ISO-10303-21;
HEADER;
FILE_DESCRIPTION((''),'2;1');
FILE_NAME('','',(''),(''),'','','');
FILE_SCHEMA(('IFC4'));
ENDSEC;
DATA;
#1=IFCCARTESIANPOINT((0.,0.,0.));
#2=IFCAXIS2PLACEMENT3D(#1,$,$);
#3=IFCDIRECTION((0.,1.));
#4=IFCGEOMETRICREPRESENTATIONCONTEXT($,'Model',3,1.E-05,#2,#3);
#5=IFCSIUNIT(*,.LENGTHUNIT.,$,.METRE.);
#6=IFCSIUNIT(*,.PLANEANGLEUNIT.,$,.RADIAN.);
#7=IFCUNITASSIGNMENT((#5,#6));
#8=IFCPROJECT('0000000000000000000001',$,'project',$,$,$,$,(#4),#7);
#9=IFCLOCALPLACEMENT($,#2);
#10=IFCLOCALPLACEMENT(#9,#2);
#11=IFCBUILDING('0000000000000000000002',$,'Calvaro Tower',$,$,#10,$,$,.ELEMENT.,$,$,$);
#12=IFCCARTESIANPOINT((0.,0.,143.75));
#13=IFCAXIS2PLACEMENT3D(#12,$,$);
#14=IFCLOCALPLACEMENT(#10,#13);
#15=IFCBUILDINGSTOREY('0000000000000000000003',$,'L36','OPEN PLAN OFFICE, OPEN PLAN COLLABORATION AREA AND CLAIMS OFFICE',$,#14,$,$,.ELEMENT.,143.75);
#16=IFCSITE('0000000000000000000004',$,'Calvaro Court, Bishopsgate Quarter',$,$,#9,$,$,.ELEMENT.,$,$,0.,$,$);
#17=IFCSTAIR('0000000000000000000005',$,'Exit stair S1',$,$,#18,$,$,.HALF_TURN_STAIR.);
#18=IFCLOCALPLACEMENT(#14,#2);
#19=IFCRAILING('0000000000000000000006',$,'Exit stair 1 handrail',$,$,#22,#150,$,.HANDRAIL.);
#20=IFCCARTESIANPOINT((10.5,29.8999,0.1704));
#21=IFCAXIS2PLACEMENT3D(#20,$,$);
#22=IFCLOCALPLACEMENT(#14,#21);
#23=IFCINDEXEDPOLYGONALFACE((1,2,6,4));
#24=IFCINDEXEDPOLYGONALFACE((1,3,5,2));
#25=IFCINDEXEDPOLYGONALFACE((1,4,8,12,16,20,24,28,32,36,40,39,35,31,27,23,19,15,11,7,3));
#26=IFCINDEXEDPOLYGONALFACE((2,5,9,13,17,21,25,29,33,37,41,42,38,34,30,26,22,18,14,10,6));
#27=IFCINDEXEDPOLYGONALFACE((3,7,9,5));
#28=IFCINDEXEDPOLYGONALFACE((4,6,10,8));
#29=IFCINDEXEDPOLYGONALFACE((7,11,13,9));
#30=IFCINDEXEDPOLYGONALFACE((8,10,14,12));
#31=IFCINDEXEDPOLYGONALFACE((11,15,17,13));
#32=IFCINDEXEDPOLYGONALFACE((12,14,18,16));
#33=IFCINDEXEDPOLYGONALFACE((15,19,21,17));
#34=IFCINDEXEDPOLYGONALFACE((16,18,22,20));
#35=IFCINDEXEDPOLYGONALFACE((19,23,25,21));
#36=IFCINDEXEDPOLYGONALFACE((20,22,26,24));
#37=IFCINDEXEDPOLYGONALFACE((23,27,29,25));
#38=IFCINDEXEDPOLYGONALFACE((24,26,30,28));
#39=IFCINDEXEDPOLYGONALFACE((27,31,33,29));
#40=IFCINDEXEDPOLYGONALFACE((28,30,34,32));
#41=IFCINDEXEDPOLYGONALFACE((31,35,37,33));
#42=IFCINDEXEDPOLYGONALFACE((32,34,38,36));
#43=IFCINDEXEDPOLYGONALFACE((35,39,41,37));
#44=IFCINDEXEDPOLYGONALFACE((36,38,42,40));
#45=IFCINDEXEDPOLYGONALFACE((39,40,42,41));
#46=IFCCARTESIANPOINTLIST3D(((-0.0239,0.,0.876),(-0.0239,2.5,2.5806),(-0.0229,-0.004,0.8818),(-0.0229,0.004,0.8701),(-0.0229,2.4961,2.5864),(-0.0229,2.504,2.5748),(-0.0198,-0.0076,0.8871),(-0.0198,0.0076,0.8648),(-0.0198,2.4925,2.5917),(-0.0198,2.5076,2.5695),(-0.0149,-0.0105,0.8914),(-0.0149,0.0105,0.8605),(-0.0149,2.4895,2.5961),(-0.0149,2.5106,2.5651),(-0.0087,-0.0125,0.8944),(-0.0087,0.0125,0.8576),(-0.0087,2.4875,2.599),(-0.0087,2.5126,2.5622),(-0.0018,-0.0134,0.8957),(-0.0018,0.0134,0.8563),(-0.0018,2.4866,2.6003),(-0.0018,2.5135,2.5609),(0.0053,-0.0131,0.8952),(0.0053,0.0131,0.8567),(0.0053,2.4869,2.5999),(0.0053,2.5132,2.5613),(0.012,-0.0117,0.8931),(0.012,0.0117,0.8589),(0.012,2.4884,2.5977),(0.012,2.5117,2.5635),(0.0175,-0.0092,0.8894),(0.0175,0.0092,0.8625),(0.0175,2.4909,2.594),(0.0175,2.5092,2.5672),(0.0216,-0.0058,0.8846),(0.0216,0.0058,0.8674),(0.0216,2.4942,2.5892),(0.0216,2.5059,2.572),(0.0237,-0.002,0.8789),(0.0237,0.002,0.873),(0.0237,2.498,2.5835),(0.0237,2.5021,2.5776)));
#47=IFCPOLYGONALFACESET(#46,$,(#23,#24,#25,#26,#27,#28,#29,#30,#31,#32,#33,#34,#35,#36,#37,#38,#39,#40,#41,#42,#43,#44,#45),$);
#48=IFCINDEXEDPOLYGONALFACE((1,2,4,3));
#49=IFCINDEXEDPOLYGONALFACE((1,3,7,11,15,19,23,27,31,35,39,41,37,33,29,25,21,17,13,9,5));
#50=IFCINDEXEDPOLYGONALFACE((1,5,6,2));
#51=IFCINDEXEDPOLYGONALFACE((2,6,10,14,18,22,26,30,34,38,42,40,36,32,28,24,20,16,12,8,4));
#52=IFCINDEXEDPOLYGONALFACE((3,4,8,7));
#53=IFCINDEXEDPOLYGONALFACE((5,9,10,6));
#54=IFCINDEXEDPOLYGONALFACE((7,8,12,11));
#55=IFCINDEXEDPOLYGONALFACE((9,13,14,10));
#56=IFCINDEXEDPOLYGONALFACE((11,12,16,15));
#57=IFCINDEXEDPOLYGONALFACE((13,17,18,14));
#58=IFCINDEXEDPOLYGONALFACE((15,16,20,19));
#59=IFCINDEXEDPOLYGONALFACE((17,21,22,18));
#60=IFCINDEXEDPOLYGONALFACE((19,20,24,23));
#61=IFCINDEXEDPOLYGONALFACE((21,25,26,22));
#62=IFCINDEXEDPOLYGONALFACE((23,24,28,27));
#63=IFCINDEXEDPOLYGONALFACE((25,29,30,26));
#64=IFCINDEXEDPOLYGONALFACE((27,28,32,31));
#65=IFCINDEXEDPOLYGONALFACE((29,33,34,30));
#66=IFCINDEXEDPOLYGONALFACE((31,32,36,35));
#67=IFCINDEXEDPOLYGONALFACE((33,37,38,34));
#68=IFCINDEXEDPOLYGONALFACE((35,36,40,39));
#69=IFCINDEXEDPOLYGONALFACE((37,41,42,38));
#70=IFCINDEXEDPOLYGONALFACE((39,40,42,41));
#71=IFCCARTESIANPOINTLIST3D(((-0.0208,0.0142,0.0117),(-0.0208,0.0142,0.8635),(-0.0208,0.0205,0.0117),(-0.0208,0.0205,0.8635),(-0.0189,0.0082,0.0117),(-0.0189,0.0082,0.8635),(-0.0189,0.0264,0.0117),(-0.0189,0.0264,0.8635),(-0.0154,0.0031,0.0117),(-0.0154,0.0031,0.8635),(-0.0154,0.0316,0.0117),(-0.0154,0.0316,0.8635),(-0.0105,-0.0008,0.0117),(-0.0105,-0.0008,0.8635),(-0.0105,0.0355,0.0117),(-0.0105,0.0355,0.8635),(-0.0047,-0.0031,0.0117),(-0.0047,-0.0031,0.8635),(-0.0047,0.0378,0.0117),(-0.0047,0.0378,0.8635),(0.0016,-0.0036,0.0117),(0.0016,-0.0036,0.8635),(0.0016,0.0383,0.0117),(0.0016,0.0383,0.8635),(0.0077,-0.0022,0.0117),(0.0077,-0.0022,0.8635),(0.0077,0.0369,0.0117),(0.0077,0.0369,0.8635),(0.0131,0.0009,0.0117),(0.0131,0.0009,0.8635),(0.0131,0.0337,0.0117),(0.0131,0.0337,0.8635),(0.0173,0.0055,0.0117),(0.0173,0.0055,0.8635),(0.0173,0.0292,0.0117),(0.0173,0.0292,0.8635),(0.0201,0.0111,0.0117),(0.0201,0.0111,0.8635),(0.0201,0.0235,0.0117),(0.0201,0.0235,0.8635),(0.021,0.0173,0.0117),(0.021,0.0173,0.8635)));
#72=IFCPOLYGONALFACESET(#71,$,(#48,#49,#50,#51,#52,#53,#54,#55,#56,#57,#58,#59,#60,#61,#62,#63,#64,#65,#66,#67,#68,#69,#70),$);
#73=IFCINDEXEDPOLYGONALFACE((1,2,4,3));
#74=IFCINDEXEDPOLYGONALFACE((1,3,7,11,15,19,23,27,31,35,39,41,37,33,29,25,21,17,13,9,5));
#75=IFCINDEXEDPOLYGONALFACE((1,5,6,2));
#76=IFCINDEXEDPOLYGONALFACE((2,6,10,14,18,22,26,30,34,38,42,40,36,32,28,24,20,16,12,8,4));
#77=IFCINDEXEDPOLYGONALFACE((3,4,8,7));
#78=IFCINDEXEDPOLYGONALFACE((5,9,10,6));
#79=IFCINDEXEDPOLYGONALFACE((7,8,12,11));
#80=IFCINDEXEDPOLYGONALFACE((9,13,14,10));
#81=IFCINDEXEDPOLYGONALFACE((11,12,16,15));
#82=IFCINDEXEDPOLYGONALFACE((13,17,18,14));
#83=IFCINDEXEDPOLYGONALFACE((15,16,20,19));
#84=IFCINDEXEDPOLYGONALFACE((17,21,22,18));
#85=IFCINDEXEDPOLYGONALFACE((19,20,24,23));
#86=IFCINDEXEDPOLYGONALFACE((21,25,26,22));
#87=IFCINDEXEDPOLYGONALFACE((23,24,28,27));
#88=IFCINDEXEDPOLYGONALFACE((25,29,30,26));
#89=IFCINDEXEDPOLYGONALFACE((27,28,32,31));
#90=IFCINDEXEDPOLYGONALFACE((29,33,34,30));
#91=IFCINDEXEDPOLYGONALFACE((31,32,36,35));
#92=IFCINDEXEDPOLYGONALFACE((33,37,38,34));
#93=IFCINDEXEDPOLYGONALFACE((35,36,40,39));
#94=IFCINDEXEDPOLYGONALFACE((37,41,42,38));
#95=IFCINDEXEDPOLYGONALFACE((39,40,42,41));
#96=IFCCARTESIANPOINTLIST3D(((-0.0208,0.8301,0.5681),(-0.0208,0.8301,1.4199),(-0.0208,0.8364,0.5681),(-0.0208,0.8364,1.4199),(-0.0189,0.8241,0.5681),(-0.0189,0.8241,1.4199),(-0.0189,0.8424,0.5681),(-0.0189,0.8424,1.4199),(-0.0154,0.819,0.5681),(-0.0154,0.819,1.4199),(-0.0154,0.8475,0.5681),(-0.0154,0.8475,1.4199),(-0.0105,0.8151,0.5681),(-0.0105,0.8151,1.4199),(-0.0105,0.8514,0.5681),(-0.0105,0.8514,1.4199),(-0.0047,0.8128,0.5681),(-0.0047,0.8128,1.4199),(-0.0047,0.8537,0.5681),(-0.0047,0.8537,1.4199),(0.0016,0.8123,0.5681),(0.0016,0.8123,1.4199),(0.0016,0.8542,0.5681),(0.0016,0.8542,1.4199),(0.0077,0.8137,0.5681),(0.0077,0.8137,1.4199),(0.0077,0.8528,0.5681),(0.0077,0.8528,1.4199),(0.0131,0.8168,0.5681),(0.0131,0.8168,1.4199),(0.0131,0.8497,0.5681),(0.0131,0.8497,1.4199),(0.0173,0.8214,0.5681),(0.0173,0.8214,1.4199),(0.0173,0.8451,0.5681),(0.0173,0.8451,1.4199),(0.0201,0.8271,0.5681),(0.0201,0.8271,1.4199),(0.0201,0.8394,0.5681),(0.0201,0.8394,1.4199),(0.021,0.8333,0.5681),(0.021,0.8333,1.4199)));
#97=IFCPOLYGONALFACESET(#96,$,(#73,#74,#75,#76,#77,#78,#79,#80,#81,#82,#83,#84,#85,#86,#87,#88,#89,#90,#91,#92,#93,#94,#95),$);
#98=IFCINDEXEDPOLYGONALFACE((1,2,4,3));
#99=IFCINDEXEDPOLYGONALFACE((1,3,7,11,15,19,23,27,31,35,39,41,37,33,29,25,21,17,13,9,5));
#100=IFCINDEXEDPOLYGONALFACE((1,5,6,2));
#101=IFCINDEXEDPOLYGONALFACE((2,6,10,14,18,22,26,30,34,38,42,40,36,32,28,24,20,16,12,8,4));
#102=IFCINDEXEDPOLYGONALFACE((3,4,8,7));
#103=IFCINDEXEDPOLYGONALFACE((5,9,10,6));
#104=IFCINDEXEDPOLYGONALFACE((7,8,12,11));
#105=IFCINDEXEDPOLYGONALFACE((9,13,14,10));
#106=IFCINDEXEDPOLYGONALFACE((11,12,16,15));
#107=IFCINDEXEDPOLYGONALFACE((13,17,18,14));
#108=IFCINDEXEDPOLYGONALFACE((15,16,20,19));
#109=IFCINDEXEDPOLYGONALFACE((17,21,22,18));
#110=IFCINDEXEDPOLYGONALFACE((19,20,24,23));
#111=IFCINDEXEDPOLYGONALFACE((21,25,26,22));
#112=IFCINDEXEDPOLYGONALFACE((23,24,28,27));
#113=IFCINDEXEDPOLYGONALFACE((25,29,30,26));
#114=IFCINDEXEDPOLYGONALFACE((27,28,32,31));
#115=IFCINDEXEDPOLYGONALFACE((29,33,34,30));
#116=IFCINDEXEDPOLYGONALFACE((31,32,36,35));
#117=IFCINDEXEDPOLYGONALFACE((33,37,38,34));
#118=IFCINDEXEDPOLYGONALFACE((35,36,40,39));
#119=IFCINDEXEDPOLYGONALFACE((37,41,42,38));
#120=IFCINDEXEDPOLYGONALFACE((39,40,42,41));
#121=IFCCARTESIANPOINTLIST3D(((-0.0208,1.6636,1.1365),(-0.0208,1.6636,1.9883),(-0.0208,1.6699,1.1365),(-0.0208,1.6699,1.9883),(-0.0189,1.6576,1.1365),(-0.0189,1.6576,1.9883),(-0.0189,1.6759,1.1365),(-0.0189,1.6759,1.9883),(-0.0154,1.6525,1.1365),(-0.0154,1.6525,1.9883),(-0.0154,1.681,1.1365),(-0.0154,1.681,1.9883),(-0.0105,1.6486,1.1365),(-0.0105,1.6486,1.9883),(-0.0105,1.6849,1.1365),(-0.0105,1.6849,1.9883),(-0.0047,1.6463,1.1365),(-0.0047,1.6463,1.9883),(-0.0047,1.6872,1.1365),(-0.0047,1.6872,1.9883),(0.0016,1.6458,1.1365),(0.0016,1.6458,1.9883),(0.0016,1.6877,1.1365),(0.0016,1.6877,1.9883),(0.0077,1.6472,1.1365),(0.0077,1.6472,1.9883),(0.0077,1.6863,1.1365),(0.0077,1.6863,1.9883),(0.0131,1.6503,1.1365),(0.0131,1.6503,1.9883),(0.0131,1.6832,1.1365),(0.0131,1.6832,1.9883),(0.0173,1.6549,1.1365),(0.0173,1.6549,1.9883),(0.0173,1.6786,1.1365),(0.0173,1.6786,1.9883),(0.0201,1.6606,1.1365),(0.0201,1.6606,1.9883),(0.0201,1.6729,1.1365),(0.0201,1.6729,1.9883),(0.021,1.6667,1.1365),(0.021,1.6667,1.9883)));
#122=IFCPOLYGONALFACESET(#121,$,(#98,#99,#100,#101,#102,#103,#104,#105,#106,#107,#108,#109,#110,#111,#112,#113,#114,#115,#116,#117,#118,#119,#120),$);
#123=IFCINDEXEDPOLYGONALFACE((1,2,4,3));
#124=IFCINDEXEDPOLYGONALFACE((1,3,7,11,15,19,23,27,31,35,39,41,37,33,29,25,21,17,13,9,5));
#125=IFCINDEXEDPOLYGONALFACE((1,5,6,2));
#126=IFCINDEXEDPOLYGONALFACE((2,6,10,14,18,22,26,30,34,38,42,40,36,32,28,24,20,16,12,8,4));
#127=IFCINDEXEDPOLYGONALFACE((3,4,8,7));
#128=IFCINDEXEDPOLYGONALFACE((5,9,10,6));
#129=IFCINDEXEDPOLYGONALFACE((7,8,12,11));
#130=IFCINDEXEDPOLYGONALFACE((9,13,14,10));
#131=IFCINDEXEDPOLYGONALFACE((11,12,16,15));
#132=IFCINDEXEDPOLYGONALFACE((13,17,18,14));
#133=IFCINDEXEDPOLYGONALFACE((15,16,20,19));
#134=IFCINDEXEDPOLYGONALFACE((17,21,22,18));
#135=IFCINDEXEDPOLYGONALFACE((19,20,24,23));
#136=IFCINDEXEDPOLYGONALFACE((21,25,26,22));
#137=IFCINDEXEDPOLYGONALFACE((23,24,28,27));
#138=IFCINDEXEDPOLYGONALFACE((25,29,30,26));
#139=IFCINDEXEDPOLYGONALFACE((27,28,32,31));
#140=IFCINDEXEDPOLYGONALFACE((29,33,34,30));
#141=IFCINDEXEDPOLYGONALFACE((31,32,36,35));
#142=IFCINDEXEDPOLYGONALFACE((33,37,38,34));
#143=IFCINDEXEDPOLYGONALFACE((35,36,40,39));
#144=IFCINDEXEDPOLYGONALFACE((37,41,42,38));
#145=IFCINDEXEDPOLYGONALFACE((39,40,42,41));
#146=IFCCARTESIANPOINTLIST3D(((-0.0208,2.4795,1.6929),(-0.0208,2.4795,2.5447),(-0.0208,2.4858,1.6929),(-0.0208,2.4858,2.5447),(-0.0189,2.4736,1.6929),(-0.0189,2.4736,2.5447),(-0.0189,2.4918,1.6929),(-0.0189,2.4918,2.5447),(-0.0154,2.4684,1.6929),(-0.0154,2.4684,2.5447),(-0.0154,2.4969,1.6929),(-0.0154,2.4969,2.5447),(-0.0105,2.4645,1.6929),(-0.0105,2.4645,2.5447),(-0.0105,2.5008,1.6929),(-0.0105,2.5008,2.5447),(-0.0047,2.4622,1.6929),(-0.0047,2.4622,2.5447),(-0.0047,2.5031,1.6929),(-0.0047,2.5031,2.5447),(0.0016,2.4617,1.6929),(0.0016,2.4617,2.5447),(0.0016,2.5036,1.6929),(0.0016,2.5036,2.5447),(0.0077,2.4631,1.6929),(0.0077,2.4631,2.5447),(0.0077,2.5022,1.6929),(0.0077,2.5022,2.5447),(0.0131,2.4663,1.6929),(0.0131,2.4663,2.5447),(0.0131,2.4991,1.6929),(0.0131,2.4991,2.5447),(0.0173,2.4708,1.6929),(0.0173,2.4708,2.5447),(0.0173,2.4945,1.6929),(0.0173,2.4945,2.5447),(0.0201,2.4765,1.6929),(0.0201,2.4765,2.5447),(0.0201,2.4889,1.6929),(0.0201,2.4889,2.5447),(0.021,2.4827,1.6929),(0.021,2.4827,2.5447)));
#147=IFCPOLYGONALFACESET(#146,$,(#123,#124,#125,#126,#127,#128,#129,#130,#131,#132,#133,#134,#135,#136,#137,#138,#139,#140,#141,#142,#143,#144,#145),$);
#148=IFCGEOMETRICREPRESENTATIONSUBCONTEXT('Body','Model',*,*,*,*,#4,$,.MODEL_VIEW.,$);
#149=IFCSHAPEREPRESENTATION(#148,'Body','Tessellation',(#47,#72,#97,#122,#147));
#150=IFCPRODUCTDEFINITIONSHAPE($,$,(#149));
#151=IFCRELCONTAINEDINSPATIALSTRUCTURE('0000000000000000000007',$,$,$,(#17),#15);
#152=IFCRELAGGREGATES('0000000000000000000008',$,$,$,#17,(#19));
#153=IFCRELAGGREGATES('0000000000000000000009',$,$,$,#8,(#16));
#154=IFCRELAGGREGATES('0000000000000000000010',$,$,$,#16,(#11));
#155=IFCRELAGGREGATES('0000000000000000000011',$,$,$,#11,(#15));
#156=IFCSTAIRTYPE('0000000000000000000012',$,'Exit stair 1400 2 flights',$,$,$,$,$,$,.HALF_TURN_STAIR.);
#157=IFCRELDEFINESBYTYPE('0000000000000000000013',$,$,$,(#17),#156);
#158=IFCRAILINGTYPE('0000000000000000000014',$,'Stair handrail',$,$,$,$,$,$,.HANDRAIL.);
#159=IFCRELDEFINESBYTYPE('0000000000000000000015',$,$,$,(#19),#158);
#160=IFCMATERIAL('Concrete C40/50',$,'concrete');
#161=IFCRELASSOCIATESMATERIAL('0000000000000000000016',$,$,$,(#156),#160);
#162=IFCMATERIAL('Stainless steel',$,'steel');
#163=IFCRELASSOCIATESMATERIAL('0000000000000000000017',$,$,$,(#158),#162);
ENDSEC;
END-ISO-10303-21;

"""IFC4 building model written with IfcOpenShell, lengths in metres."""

from ifc_helpers import new_model, si_unit, direction, frame, origin, origin_2d, place, context, subcontext, project, spatial, circle, extrude, material, type_object, element, aggregate, save


model = new_model("IFC4")

# Units and contexts
model_context = context("Model", 3, precision=1e-05, world=origin(), true_north=direction((0.0, 1.0)))
body_context = subcontext(model_context, "Body", "Model", "MODEL_VIEW")
ifc_project = project(units=[si_unit("LENGTHUNIT", "METRE"), si_unit("PLANEANGLEUNIT", "RADIAN")], contexts=[model_context])

# Site, building, storey
site_placement = place(None, origin())
site = spatial("IfcSite", under=ifc_project, at=site_placement, Name="Calvaro Court, Bishopsgate Quarter", CompositionType="ELEMENT", RefElevation=0.0)
building_placement = place(site_placement, origin())
building = spatial("IfcBuilding", under=site, at=building_placement, Name="Calvaro Tower", CompositionType="ELEMENT")
storey_placement = place(building_placement, frame((0.0, 0.0, 143.75)))
storey = spatial("IfcBuildingStorey", under=building, at=storey_placement, Name="L36", Description="OPEN PLAN OFFICE, OPEN PLAN COLLABORATION AREA AND CLAIMS OFFICE", CompositionType="ELEMENT", Elevation=143.75)

# Stair, railing
ifc_material_1 = material(Name="Concrete C40/50", Category="concrete")
stair_type = type_object("IfcStairType", Name="Exit stair 1400 2 flights", PredefinedType="HALF_TURN_STAIR", material=ifc_material_1)
stair_placement = place(storey_placement, origin())
stair = element("IfcStair", 1, at=stair_placement, inside=storey, type_object=stair_type, Name="Exit stair S1", PredefinedType="HALF_TURN_STAIR")
ifc_material_2 = material(Name="Stainless steel", Category="steel")
railing_type = type_object("IfcRailingType", Name="Stair handrail", PredefinedType="HANDRAIL", material=ifc_material_2)
railing_placement = place(storey_placement, frame((10.5, 29.8999, 0.1704)))
railing = element("IfcRailing", 2, at=railing_placement, type_object=railing_type, Name="Exit stair 1 handrail", PredefinedType="HANDRAIL", context=body_context, shape_type="SweptSolid", body=[
    extrude(circle(Radius=0.0239, at=origin_2d()), frame((0.0, 0.0, 0.876), z_axis=(0.0, 0.826221, 0.563347), x_axis=(-1.0, 0.0, 0.0)), (0.0, 0.0, 1.0), 3.0259),
    extrude(circle(Radius=0.021, at=origin_2d()), frame((0.0, 0.0173, 0.0117)), (0.0, 0.0, 1.0), 0.8518),
    extrude(circle(Radius=0.021, at=origin_2d()), frame((0.0, 0.8333, 0.5681)), (0.0, 0.0, 1.0), 0.8518),
    extrude(circle(Radius=0.021, at=origin_2d()), frame((0.0, 1.6667, 1.1365)), (0.0, 0.0, 1.0), 0.8518),
    extrude(circle(Radius=0.021, at=origin_2d()), frame((0.0, 2.4827, 1.6929)), (0.0, 0.0, 1.0), 0.8518),
])
aggregate(stair, [railing])

save(model, "model.ifc")
